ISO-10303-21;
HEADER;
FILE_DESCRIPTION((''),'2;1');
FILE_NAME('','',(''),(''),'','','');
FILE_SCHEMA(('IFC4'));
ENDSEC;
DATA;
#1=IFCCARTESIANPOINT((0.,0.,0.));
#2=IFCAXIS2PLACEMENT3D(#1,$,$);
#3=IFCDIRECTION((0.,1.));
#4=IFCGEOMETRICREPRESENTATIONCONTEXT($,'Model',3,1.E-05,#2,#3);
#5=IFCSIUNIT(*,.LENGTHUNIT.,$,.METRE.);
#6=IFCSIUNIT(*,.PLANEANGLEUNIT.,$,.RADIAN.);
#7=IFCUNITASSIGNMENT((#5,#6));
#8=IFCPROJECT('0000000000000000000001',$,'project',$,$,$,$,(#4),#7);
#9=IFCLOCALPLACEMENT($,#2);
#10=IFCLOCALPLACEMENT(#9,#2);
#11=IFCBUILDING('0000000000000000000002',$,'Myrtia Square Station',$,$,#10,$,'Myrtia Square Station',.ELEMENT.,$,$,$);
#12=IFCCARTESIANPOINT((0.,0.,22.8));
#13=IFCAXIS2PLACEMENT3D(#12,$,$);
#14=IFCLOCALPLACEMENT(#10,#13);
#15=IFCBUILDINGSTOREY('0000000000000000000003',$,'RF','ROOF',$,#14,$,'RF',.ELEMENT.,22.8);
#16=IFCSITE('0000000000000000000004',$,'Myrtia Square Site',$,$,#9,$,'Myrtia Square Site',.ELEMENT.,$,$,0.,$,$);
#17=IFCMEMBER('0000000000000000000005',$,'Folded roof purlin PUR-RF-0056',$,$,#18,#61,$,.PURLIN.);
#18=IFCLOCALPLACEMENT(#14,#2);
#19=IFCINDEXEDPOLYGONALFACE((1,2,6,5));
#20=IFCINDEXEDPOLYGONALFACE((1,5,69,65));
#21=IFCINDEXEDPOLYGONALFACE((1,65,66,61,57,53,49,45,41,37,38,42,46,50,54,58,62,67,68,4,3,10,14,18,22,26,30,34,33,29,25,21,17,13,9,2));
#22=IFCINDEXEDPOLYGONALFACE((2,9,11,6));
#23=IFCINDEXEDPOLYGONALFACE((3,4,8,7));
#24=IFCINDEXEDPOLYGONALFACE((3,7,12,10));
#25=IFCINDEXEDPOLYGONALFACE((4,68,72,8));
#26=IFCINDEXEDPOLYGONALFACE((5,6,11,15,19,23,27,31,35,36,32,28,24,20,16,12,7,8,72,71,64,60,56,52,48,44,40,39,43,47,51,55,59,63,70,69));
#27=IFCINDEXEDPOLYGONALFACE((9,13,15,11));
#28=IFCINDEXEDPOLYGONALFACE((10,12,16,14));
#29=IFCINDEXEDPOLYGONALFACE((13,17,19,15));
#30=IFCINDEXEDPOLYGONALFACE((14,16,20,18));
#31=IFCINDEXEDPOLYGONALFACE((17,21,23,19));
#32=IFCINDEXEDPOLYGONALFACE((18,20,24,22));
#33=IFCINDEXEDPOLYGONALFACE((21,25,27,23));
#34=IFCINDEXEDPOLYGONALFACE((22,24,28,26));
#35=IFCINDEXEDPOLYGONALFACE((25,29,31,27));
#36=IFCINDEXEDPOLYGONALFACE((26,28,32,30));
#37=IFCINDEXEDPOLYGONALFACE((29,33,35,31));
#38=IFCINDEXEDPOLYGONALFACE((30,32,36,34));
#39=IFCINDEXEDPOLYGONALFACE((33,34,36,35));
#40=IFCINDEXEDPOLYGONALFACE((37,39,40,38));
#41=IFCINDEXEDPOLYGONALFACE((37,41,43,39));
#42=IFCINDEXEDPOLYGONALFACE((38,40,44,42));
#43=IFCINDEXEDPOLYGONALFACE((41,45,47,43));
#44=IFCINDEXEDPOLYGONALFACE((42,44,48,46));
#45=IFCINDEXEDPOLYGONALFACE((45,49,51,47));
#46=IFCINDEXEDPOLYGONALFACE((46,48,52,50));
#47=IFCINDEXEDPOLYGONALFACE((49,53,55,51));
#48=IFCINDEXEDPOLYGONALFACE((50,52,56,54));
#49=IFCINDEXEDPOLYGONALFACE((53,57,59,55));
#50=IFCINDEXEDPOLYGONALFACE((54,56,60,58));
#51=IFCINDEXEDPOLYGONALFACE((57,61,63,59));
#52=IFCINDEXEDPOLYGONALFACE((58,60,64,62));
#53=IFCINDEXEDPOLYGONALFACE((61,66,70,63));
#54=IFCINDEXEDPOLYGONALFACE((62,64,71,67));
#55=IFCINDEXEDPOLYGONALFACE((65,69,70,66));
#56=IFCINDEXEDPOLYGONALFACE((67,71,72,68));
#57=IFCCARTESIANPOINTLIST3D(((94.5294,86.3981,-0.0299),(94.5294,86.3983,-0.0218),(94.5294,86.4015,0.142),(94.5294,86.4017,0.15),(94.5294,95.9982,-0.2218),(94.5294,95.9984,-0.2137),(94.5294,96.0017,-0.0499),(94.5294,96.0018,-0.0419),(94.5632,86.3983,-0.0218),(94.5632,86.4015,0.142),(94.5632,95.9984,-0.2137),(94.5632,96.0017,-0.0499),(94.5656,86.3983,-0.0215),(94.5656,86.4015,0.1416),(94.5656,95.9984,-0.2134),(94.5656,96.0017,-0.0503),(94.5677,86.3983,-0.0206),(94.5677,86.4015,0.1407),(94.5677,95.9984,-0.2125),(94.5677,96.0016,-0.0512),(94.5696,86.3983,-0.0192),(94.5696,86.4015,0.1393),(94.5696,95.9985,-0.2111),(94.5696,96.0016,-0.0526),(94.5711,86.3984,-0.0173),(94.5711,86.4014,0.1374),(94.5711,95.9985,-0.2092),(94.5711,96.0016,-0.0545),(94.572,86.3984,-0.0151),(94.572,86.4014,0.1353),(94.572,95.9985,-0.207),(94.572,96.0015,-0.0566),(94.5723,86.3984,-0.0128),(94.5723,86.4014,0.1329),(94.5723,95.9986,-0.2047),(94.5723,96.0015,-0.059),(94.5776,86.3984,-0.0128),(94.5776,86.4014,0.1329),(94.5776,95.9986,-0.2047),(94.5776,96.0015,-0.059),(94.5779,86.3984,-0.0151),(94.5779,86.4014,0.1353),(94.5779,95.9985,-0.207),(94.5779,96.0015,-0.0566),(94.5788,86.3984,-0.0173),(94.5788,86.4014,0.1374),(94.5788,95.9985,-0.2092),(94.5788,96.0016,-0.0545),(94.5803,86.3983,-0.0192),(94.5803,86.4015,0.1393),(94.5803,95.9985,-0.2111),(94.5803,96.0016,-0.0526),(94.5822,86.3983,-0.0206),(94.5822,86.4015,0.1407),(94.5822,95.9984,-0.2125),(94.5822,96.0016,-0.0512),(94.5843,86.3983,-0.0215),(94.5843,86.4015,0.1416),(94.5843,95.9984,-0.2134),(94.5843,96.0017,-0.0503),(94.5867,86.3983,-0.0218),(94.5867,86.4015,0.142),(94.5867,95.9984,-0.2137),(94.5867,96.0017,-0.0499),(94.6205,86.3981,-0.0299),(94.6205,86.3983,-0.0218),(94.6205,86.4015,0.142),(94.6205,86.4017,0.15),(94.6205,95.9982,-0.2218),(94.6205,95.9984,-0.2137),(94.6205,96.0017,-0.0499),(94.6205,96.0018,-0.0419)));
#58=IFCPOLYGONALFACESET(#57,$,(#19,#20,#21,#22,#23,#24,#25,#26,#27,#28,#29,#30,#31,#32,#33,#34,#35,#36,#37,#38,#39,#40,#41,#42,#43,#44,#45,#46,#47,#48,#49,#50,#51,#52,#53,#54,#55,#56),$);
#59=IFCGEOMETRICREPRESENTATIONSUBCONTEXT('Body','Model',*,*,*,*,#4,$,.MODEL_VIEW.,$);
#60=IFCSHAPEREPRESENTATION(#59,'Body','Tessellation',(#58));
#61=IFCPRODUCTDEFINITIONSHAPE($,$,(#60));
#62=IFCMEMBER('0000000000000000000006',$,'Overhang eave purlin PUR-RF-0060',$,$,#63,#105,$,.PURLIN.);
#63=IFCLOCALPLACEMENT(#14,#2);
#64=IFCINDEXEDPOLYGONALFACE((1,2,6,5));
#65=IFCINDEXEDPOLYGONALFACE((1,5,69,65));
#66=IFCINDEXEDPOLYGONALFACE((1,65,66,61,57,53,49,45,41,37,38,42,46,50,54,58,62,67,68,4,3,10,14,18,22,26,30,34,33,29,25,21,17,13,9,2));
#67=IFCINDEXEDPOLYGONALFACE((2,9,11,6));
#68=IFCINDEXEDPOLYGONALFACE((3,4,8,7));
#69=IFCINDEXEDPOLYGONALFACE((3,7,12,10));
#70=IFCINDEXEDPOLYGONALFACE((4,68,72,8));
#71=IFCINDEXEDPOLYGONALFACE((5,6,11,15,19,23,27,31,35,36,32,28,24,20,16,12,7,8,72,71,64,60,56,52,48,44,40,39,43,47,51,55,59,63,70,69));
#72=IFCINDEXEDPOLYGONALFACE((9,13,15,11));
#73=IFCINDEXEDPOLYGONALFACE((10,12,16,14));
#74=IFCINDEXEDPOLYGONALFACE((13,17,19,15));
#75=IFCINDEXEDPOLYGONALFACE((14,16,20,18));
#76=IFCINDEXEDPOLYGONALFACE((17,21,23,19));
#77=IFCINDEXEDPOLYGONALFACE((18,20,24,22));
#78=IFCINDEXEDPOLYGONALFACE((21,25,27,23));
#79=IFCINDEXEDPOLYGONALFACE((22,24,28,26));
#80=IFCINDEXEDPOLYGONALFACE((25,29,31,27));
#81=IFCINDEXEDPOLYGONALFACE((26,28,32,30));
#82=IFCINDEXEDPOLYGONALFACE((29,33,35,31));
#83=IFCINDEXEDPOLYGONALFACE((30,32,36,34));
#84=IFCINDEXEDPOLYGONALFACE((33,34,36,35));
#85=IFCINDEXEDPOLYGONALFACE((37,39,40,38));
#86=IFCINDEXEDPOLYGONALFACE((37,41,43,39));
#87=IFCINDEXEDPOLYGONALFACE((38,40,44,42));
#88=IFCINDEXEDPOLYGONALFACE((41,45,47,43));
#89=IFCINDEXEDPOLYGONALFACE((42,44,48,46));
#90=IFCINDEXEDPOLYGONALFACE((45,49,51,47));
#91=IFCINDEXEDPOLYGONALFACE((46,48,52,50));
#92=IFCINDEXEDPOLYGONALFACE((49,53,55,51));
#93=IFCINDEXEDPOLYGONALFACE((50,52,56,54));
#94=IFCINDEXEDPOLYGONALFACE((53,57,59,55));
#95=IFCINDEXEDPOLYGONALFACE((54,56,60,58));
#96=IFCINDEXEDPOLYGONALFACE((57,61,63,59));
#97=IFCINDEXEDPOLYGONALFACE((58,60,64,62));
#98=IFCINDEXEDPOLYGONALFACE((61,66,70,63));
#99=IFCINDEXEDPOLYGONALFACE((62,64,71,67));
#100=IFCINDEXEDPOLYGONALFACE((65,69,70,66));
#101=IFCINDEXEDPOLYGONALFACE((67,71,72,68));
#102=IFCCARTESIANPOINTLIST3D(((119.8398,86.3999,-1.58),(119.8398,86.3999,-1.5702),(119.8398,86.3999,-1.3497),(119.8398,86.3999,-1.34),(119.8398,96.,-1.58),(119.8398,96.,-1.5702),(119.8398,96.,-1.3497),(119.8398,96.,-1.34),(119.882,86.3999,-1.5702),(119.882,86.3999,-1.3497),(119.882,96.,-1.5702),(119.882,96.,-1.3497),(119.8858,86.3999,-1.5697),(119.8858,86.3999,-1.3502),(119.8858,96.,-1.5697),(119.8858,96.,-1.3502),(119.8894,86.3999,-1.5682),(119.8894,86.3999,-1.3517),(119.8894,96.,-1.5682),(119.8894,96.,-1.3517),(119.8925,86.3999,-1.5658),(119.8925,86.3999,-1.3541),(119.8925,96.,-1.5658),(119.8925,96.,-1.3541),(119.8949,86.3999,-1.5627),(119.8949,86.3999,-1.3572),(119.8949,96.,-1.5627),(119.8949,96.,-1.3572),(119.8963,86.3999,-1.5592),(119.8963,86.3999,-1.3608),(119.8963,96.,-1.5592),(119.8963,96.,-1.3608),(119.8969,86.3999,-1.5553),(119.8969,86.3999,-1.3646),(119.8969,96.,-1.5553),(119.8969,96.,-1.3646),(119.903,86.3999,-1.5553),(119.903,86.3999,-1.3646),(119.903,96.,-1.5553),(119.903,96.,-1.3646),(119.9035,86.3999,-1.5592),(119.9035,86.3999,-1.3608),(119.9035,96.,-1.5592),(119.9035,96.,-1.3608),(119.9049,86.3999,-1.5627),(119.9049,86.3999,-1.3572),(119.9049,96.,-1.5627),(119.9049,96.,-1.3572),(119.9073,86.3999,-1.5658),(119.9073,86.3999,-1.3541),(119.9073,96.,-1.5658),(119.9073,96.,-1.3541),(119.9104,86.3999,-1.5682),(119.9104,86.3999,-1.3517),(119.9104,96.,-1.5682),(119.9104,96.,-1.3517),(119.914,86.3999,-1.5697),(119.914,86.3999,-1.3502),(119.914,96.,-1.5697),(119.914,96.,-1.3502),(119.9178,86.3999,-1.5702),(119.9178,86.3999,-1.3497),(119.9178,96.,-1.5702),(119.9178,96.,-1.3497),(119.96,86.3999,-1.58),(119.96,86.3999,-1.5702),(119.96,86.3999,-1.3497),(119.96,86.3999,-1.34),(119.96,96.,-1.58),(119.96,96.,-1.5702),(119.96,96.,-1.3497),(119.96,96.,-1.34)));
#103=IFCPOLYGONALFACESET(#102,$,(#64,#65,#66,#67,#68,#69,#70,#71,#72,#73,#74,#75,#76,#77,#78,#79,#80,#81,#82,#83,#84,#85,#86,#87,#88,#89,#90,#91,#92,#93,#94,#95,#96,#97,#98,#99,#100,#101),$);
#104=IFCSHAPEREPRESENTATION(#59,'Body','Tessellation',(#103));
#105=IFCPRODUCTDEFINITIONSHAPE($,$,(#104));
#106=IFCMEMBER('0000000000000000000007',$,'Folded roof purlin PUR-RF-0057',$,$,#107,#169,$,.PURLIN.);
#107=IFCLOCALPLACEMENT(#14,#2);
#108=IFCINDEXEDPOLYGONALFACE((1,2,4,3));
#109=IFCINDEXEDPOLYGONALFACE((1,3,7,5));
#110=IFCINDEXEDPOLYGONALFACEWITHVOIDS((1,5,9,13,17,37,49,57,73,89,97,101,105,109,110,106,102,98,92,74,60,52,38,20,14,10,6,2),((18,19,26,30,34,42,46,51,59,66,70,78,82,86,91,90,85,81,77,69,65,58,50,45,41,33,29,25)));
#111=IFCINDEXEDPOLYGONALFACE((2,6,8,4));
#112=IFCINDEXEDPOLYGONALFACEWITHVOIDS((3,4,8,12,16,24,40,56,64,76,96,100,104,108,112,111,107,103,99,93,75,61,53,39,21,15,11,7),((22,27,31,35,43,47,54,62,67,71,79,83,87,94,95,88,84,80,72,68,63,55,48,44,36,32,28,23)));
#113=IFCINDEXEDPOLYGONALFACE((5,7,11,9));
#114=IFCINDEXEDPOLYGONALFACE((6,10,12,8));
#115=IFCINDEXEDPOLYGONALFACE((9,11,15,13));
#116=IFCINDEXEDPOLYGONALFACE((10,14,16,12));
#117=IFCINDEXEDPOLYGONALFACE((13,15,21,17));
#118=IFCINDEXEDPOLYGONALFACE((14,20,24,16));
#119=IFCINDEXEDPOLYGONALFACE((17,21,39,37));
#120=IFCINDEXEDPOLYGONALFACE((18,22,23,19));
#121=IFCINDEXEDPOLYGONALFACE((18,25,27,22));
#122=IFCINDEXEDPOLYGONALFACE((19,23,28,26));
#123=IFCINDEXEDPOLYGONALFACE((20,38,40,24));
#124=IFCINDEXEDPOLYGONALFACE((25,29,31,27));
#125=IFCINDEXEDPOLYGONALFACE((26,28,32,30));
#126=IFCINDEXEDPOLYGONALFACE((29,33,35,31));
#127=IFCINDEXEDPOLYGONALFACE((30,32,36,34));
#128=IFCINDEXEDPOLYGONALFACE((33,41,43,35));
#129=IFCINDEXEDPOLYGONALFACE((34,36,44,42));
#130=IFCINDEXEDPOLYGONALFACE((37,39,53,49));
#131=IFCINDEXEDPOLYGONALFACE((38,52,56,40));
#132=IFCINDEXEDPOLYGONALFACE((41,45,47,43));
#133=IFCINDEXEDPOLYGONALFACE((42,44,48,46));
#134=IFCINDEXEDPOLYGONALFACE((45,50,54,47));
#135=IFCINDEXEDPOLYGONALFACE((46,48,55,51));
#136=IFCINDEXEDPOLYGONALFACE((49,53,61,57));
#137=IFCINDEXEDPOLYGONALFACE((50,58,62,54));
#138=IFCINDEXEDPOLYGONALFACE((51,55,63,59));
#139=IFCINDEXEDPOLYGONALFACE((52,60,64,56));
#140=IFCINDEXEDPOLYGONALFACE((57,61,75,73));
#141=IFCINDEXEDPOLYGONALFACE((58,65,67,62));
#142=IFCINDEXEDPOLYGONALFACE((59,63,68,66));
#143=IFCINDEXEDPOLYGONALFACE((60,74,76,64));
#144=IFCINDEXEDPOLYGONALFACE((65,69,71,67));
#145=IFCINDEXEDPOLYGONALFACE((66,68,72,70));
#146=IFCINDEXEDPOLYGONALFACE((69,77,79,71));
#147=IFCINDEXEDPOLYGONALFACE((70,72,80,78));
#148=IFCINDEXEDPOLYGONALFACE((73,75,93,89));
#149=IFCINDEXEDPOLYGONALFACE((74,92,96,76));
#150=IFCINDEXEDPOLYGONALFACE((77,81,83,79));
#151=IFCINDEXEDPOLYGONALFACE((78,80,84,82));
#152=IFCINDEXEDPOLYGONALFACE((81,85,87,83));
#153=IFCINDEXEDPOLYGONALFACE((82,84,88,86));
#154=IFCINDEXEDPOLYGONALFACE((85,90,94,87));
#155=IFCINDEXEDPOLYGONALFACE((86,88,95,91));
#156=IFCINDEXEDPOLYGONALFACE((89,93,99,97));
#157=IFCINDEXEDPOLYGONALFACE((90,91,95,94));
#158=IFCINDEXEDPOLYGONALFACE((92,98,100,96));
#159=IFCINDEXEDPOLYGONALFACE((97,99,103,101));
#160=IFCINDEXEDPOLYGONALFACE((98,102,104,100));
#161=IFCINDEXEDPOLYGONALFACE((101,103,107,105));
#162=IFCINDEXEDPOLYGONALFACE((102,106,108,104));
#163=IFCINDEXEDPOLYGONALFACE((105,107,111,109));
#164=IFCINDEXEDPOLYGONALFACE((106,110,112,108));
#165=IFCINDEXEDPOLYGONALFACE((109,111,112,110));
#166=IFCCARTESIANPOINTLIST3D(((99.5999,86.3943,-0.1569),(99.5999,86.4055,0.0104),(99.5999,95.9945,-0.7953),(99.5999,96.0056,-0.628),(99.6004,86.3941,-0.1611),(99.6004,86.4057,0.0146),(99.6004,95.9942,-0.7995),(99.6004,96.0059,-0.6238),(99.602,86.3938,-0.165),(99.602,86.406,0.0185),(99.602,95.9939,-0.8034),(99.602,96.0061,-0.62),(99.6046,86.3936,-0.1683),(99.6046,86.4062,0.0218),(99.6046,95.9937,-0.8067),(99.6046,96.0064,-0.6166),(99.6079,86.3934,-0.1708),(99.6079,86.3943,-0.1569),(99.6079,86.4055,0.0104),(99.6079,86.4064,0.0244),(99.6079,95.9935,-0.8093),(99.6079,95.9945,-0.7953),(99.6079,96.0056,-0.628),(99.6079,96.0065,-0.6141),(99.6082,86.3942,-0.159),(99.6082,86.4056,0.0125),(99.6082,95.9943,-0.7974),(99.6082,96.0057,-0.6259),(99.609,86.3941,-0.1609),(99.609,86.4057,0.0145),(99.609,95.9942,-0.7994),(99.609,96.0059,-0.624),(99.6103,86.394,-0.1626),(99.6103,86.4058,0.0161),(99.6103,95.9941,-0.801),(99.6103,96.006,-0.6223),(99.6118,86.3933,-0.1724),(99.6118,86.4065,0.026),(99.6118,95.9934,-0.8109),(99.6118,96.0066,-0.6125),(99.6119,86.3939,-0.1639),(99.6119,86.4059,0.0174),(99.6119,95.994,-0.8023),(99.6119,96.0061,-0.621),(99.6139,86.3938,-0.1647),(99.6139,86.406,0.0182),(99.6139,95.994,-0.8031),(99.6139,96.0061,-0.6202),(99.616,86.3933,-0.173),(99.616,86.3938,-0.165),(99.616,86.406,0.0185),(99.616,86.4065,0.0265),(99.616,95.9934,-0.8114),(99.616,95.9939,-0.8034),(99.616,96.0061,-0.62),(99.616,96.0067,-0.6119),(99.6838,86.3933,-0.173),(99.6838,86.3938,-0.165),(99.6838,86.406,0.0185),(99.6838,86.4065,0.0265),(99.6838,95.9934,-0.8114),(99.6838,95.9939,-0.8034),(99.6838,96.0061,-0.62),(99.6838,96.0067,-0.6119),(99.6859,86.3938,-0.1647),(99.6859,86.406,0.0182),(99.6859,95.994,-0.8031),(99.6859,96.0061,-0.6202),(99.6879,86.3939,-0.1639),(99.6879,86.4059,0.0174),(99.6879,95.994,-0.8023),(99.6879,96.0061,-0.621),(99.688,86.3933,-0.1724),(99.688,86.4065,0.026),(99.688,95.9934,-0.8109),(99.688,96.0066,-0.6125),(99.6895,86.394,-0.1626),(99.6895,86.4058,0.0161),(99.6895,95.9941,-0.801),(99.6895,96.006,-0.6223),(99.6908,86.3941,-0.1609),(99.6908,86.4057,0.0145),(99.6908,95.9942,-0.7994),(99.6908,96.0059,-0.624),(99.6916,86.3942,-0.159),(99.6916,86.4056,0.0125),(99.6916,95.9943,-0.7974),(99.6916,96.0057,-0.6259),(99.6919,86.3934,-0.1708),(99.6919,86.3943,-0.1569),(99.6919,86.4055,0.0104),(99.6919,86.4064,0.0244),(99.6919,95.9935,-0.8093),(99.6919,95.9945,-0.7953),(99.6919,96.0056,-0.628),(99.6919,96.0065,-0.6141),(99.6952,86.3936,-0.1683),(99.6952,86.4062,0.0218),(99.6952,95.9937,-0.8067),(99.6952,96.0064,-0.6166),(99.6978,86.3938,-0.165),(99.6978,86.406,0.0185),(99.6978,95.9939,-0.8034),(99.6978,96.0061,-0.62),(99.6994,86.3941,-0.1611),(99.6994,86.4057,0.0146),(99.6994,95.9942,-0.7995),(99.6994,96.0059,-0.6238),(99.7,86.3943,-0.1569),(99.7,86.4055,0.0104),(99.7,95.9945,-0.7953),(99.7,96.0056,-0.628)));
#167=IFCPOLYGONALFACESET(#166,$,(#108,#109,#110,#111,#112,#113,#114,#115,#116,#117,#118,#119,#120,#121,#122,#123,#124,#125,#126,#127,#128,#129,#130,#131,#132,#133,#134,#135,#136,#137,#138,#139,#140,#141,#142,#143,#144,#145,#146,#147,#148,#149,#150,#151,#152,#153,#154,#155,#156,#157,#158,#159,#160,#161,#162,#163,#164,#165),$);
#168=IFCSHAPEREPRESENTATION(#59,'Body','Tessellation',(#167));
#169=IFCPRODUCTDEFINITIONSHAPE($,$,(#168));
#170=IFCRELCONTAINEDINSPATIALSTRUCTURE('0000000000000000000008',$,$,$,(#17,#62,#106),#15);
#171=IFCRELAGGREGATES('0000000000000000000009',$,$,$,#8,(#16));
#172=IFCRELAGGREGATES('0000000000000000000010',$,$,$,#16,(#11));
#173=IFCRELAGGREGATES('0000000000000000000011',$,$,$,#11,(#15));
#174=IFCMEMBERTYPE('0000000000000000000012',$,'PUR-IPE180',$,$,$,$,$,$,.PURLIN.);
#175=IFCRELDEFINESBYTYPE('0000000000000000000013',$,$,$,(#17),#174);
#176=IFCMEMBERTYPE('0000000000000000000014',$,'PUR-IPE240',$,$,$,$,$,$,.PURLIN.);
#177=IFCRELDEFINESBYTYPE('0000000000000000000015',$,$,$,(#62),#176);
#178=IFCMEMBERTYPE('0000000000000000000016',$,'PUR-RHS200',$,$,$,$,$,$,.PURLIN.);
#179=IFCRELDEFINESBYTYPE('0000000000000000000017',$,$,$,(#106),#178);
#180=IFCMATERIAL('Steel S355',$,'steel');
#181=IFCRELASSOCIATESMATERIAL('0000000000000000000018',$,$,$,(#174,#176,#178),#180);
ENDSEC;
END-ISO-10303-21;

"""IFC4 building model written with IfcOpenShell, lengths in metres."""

from ifc_helpers import new_model, si_unit, direction, frame, origin, origin_2d, place, context, subcontext, project, spatial, hollow_rectangle, i_section, extrude, material, material_profile, profile_set, type_object, element, save


model = new_model("IFC4")

# Units and contexts
model_context = context("Model", 3, precision=1e-05, world=origin(), true_north=direction((0.0, 1.0)))
body_context = subcontext(model_context, "Body", "Model", "MODEL_VIEW")
ifc_project = project(units=[si_unit("LENGTHUNIT", "METRE"), si_unit("PLANEANGLEUNIT", "RADIAN")], contexts=[model_context])

# Site, building, storey
site_placement = place(None, origin())
site = spatial("IfcSite", under=ifc_project, at=site_placement, Name="Myrtia Square Site", LongName="Myrtia Square Site", CompositionType="ELEMENT", RefElevation=0.0)
building_placement = place(site_placement, origin())
building = spatial("IfcBuilding", under=site, at=building_placement, Name="Myrtia Square Station", LongName="Myrtia Square Station", CompositionType="ELEMENT")
storey_placement = place(building_placement, frame((0.0, 0.0, 22.8)))
storey = spatial("IfcBuildingStorey", under=building, at=storey_placement, Name="RF", Description="ROOF", LongName="RF", CompositionType="ELEMENT", Elevation=22.8)

# Members
ifc_material_1 = material(Name="Steel S355", Category="steel")
ifc_material_profile_1 = material_profile(ifc_material_1, i_section(OverallWidth=0.0911, OverallDepth=0.1799, WebThickness=0.0054, FlangeThickness=0.0081, FilletRadius=0.009, at=origin_2d()), Name="IPE 180")
ifc_profile_set_1 = profile_set([ifc_material_profile_1], Name="Steel S355")
member_type_1 = type_object("IfcMemberType", Name="PUR-IPE180", PredefinedType="PURLIN", material=ifc_profile_set_1)
member_1_placement = place(storey_placement, frame((94.575, 86.3999, 0.0601), z_axis=(0.0, 0.9998, -0.019985), x_axis=(-1.0, 0.0, 0.0)))
element("IfcMember", 1, at=member_1_placement, inside=storey, type_object=member_type_1, Name="Folded roof purlin PUR-RF-0056", PredefinedType="PURLIN", context=body_context, shape_type="SweptSolid", body=[
    extrude(i_section(OverallWidth=0.0911, OverallDepth=0.1799, WebThickness=0.0054, FlangeThickness=0.0081, FilletRadius=0.009, at=origin_2d()), origin(), (0.0, 0.0, 1.0), 9.6021),
])
ifc_material_profile_2 = material_profile(ifc_material_1, i_section(OverallWidth=0.1201, OverallDepth=0.24, WebThickness=0.0061, FlangeThickness=0.0098, FilletRadius=0.0149, at=origin_2d()), Name="IPE 240")
ifc_profile_set_2 = profile_set([ifc_material_profile_2], Name="Steel S355")
member_type_2 = type_object("IfcMemberType", Name="PUR-IPE240", PredefinedType="PURLIN", material=ifc_profile_set_2)
member_2_placement = place(storey_placement, frame((119.8999, 86.3999, -1.46), z_axis=(0.0, 1.0, 0.0), x_axis=(-1.0, 0.0, 0.0)))
element("IfcMember", 2, at=member_2_placement, inside=storey, type_object=member_type_2, Name="Overhang eave purlin PUR-RF-0060", PredefinedType="PURLIN", context=body_context, shape_type="SweptSolid", body=[
    extrude(i_section(OverallWidth=0.1201, OverallDepth=0.24, WebThickness=0.0061, FlangeThickness=0.0098, FilletRadius=0.0149, at=origin_2d()), origin(), (0.0, 0.0, 1.0), 9.6001),
])
ifc_material_profile_3 = material_profile(ifc_material_1, hollow_rectangle(XDim=0.1001, YDim=0.2, WallThickness=0.0081, InnerFilletRadius=0.0081, OuterFilletRadius=0.0161, at=origin_2d()), Name="RHS 200x100x8")
ifc_profile_set_3 = profile_set([ifc_material_profile_3], Name="Steel S355")
member_type_3 = type_object("IfcMemberType", Name="PUR-RHS200", PredefinedType="PURLIN", material=ifc_profile_set_3)
member_3_placement = place(storey_placement, frame((99.6499, 86.3999, -0.0732), z_axis=(0.0, 0.997796, -0.066356), x_axis=(-1.0, 0.0, 0.0)))
element("IfcMember", 3, at=member_3_placement, inside=storey, type_object=member_type_3, Name="Folded roof purlin PUR-RF-0057", PredefinedType="PURLIN", context=body_context, shape_type="SweptSolid", body=[
    extrude(hollow_rectangle(XDim=0.1001, YDim=0.2, WallThickness=0.0081, InnerFilletRadius=0.0081, OuterFilletRadius=0.0161, at=origin_2d()), origin(), (0.0, 0.0, 1.0), 9.6213),
])

save(model, "model.ifc")
